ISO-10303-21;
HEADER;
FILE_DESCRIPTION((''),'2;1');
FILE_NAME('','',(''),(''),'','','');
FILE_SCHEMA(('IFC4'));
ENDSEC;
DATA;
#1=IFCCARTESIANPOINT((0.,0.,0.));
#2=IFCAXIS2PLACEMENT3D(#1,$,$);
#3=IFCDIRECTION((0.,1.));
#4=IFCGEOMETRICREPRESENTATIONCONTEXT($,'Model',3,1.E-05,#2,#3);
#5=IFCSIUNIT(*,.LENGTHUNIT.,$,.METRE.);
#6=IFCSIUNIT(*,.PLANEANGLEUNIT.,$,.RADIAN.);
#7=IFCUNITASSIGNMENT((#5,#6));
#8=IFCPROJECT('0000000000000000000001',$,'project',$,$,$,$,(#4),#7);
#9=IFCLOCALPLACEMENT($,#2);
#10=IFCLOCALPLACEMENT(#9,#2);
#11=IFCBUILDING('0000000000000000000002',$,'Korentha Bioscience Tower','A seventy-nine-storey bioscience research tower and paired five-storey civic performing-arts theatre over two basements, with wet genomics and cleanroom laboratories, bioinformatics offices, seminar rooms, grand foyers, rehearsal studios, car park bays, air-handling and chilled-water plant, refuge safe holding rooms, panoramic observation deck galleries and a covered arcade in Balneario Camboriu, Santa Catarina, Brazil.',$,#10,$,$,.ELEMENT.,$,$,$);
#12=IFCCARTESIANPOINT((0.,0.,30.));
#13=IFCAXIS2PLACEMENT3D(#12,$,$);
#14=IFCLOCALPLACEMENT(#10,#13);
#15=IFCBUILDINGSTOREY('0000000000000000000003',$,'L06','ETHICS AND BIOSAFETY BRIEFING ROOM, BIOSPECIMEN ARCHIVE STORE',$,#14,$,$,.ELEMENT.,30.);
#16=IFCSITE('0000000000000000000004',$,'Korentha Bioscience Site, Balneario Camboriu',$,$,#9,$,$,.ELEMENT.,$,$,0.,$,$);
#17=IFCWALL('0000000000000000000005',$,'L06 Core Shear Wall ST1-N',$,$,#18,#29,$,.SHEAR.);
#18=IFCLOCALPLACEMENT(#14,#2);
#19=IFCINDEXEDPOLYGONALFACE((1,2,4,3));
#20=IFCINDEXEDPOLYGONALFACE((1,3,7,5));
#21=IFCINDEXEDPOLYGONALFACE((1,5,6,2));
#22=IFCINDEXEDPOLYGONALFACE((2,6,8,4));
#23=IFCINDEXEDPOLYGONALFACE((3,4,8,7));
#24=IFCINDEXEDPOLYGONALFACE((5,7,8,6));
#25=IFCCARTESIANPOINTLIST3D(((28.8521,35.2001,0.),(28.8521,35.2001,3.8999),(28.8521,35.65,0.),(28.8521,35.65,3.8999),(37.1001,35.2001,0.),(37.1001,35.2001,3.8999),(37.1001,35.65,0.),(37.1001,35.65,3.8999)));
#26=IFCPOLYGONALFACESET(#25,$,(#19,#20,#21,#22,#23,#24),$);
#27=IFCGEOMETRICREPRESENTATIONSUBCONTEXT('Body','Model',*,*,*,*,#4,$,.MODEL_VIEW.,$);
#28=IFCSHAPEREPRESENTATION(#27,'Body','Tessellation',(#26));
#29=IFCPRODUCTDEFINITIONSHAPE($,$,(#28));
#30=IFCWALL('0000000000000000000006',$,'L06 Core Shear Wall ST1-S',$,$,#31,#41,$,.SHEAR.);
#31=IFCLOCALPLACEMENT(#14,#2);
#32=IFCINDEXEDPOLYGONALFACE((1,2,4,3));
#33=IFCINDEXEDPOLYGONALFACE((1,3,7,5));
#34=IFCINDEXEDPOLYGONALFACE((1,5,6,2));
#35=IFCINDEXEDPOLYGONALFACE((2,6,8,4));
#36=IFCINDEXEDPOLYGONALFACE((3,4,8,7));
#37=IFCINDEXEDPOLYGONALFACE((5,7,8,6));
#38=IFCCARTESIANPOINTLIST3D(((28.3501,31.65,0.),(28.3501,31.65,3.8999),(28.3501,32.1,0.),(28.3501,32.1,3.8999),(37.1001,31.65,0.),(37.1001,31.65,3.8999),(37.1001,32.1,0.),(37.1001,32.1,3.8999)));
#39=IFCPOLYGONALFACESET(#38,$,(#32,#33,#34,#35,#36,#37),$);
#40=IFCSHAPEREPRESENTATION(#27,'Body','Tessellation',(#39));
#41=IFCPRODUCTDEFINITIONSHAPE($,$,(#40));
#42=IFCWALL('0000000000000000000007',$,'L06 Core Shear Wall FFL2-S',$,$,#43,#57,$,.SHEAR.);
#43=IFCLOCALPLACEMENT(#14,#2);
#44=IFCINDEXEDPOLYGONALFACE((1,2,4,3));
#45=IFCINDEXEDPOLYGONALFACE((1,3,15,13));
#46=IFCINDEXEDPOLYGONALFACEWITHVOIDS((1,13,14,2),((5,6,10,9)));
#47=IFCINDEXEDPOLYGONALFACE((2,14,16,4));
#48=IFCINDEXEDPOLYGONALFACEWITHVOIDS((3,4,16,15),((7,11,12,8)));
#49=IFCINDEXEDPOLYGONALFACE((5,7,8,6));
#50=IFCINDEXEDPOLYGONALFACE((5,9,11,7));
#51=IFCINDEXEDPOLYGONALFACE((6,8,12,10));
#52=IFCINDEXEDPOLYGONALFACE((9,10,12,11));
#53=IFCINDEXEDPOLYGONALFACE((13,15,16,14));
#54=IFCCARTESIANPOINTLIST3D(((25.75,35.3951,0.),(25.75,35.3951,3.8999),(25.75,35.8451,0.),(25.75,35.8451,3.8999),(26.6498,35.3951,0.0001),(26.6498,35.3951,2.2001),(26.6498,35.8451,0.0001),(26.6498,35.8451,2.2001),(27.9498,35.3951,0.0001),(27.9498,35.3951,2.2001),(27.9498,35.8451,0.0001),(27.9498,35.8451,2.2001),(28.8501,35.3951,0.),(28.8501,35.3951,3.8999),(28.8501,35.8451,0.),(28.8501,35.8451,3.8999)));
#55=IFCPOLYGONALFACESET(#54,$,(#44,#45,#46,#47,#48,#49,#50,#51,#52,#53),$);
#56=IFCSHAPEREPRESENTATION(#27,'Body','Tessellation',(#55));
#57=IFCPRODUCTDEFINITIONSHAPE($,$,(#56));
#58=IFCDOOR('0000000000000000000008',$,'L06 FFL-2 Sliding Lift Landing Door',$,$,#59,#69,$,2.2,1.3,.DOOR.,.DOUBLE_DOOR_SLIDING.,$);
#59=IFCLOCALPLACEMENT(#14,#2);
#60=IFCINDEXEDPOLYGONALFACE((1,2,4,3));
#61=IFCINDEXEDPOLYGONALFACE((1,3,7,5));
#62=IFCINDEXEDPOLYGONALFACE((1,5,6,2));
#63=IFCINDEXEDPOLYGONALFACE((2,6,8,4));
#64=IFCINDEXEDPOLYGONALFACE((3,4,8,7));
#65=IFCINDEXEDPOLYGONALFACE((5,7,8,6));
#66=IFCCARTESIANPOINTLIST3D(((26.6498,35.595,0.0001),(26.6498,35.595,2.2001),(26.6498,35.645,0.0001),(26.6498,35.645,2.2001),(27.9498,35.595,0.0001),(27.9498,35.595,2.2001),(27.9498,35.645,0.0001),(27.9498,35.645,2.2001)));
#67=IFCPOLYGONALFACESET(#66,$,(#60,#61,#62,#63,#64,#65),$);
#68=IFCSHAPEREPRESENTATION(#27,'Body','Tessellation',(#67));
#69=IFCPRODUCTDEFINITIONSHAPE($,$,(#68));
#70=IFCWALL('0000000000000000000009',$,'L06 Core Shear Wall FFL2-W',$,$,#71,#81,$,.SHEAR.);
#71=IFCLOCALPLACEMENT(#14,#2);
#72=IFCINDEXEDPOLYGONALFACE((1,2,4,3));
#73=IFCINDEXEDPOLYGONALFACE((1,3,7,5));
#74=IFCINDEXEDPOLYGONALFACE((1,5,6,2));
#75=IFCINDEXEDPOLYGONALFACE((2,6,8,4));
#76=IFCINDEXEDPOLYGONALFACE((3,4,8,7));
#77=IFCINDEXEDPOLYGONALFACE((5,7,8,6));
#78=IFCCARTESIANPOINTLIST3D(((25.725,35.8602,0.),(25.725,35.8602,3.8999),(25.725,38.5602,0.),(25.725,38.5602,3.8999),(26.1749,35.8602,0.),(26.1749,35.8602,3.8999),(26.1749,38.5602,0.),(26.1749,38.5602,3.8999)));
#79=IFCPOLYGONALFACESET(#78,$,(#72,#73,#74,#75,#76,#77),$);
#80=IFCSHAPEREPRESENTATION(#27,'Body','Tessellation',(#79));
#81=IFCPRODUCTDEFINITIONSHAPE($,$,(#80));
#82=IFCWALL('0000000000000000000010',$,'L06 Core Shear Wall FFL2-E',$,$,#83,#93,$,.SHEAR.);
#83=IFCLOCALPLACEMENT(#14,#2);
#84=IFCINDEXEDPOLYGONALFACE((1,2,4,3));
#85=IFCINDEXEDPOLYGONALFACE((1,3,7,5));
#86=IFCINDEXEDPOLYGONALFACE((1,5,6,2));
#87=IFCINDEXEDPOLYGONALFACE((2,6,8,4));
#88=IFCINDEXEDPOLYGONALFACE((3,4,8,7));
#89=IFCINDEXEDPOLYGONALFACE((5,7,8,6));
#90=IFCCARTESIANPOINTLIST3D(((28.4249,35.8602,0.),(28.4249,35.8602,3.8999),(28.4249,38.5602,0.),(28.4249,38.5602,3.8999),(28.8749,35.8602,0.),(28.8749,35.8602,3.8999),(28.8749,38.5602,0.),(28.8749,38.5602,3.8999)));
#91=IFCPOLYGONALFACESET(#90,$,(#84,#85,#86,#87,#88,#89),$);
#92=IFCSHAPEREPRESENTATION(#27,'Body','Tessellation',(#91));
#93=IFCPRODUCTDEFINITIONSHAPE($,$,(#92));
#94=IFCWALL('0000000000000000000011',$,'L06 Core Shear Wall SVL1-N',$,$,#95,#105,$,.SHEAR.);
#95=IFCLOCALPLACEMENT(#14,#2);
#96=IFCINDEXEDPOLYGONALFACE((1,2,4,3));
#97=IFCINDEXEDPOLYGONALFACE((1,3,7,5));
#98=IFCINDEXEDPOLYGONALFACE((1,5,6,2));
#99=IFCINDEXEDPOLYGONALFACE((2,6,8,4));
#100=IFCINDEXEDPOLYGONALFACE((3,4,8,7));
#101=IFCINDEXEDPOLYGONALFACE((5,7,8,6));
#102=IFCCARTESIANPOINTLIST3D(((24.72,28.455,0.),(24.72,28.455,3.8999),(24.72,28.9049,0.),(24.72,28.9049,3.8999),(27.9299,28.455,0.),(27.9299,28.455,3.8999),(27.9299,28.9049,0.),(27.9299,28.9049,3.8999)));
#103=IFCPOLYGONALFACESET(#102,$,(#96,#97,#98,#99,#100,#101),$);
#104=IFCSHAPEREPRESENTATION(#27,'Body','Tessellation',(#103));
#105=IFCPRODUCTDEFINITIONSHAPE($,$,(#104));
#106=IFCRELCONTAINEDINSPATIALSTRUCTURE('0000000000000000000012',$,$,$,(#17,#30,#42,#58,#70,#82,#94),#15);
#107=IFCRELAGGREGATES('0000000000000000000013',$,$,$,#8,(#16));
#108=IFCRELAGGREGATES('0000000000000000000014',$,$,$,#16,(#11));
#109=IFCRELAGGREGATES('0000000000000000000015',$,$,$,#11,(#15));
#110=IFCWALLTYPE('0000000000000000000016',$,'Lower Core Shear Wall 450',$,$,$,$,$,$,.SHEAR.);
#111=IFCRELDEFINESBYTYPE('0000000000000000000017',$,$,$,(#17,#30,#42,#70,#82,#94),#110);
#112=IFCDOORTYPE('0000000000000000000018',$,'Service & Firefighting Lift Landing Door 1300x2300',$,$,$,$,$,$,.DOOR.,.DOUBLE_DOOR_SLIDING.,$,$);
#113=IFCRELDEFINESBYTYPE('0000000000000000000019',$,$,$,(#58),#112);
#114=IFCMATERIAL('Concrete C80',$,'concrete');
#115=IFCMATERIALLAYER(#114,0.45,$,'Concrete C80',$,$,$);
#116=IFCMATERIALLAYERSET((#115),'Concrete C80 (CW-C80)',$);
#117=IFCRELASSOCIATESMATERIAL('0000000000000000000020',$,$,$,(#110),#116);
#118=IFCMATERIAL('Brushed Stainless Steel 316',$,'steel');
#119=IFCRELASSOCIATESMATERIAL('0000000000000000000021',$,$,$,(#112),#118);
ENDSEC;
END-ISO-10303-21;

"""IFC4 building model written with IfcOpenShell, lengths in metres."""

from ifc_helpers import new_model, si_unit, direction, frame, frame_2d, origin, place, context, subcontext, project, spatial, rectangle, extrude, material, layer, layer_set, type_object, element, fill, save


model = new_model("IFC4")

# Units and contexts
model_context = context("Model", 3, precision=1e-05, world=origin(), true_north=direction((0.0, 1.0)))
body_context = subcontext(model_context, "Body", "Model", "MODEL_VIEW")
ifc_project = project(units=[si_unit("LENGTHUNIT", "METRE"), si_unit("PLANEANGLEUNIT", "RADIAN")], contexts=[model_context])

# Site, building, storey
site_placement = place(None, origin())
site = spatial("IfcSite", under=ifc_project, at=site_placement, Name="Korentha Bioscience Site, Balneario Camboriu", CompositionType="ELEMENT", RefElevation=0.0)
building_placement = place(site_placement, origin())
building = spatial("IfcBuilding", under=site, at=building_placement, Name="Korentha Bioscience Tower", Description="A seventy-nine-storey bioscience research tower and paired five-storey civic performing-arts theatre over two basements, with wet genomics and cleanroom laboratories, bioinformatics offices, seminar rooms, grand foyers, rehearsal studios, car park bays, air-handling and chilled-water plant, refuge safe holding rooms, panoramic observation deck galleries and a covered arcade in Balneario Camboriu, Santa Catarina, Brazil.", CompositionType="ELEMENT")
storey_placement = place(building_placement, frame((0.0, 0.0, 30.0)))
storey = spatial("IfcBuildingStorey", under=building, at=storey_placement, Name="L06", Description="ETHICS AND BIOSAFETY BRIEFING ROOM, BIOSPECIMEN ARCHIVE STORE", CompositionType="ELEMENT", Elevation=30.0)

# Walls
ifc_material_1 = material(Name="Concrete C80", Category="concrete")
ifc_layer_1 = layer(ifc_material_1, 0.45, Name="Concrete C80")
ifc_layer_set_1 = layer_set([ifc_layer_1], Name="Concrete C80 (CW-C80)")
wall_type_1 = type_object("IfcWallType", Name="Lower Core Shear Wall 450", PredefinedType="SHEAR", material=ifc_layer_set_1)
wall_1_placement = place(storey_placement, frame((28.8521, 35.425, 0.0), z_axis=(0.0, 0.0, 1.0), x_axis=(1.0, 0.0, 0.0)))
element("IfcWall", 1, at=wall_1_placement, inside=storey, type_object=wall_type_1, Name="L06 Core Shear Wall ST1-N", PredefinedType="SHEAR", context=body_context, shape_type="SweptSolid", body=[
    extrude(rectangle(XDim=8.248, YDim=0.45, at=frame_2d((4.124, 0.0))), origin(), (0.0, 0.0, 1.0), 3.8999),
])
wall_2_placement = place(storey_placement, frame((28.3501, 31.875, 0.0), z_axis=(0.0, 0.0, 1.0), x_axis=(1.0, 0.0, 0.0)))
element("IfcWall", 2, at=wall_2_placement, inside=storey, type_object=wall_type_1, Name="L06 Core Shear Wall ST1-S", PredefinedType="SHEAR", context=body_context, shape_type="SweptSolid", body=[
    extrude(rectangle(XDim=8.75, YDim=0.45, at=frame_2d((4.375, 0.0))), origin(), (0.0, 0.0, 1.0), 3.8999),
])

# Wall, opening, door
wall_3_placement = place(storey_placement, frame((25.75, 35.6201, 0.0), z_axis=(0.0, 0.0, 1.0), x_axis=(1.0, 0.0, 0.0)))
wall_3 = element("IfcWall", 3, at=wall_3_placement, inside=storey, type_object=wall_type_1, Name="L06 Core Shear Wall FFL2-S", PredefinedType="SHEAR", context=body_context, shape_type="SweptSolid", body=[
    extrude(rectangle(XDim=3.1001, YDim=0.45, at=frame_2d((1.55, 0.0))), origin(), (0.0, 0.0, 1.0), 3.8999),
])
opening_1_placement = place(wall_3_placement, frame((0.8999, 0.0, 0.0)))
opening_1 = element("IfcOpeningElement", 4, at=opening_1_placement, cuts=wall_3, PredefinedType="OPENING", context=body_context, shape_type="SweptSolid", body=[
    extrude(rectangle(XDim=1.3, YDim=2.2, at=frame_2d((0.6499, 1.1001))), frame((0.0, 0.2397, 0.0), z_axis=(0.0, -1.0, 0.0), x_axis=(1.0, 0.0, 0.0)), (0.0, 0.0, 1.0), 0.4797),
])
ifc_material_2 = material(Name="Brushed Stainless Steel 316", Category="steel")
door_type_1 = type_object("IfcDoorType", Name="Service & Firefighting Lift Landing Door 1300x2300", OperationType="DOUBLE_DOOR_SLIDING", PredefinedType="DOOR", material=ifc_material_2)
door_1_placement = place(opening_1_placement, origin())
door_1 = element("IfcDoor", 5, at=door_1_placement, inside=storey, type_object=door_type_1, Name="L06 FFL-2 Sliding Lift Landing Door", OperationType="DOUBLE_DOOR_SLIDING", OverallHeight=2.2, OverallWidth=1.3, PredefinedType="DOOR", context=body_context, shape_type="SweptSolid", body=[
    extrude(rectangle(XDim=1.3, YDim=2.2, at=frame_2d((0.6499, 1.1001))), frame((0.0, 0.0249, 0.0), z_axis=(0.0, -1.0, 0.0), x_axis=(1.0, 0.0, 0.0)), (0.0, 0.0, 1.0), 0.05),
])
fill(opening_1, door_1)

# Walls
for number, where, z_axis, x_axis, name in (
    (6, (25.95, 35.8601, 0.0), (0.0, 0.0, 1.0), (0.0, 1.0, 0.0), "L06 Core Shear Wall FFL2-W"),
    (7, (28.6499, 35.8601, 0.0), (0.0, 0.0, 1.0), (0.0, 1.0, 0.0), "L06 Core Shear Wall FFL2-E"),
):
    element("IfcWall", number, at=place(storey_placement, frame(where, z_axis=z_axis, x_axis=x_axis)), inside=storey, type_object=wall_type_1, Name=name, PredefinedType="SHEAR", context=body_context, shape_type="SweptSolid", body=[
        extrude(rectangle(XDim=2.7, YDim=0.45, at=frame_2d((1.3501, 0.0))), origin(), (0.0, 0.0, 1.0), 3.8999),
    ])
wall_4_placement = place(storey_placement, frame((24.72, 28.6799, 0.0), z_axis=(0.0, 0.0, 1.0), x_axis=(1.0, 0.0, 0.0)))
element("IfcWall", 8, at=wall_4_placement, inside=storey, type_object=wall_type_1, Name="L06 Core Shear Wall SVL1-N", PredefinedType="SHEAR", context=body_context, shape_type="SweptSolid", body=[
    extrude(rectangle(XDim=3.21, YDim=0.45, at=frame_2d((1.605, 0.0))), origin(), (0.0, 0.0, 1.0), 3.8999),
])

save(model, "model.ifc")
